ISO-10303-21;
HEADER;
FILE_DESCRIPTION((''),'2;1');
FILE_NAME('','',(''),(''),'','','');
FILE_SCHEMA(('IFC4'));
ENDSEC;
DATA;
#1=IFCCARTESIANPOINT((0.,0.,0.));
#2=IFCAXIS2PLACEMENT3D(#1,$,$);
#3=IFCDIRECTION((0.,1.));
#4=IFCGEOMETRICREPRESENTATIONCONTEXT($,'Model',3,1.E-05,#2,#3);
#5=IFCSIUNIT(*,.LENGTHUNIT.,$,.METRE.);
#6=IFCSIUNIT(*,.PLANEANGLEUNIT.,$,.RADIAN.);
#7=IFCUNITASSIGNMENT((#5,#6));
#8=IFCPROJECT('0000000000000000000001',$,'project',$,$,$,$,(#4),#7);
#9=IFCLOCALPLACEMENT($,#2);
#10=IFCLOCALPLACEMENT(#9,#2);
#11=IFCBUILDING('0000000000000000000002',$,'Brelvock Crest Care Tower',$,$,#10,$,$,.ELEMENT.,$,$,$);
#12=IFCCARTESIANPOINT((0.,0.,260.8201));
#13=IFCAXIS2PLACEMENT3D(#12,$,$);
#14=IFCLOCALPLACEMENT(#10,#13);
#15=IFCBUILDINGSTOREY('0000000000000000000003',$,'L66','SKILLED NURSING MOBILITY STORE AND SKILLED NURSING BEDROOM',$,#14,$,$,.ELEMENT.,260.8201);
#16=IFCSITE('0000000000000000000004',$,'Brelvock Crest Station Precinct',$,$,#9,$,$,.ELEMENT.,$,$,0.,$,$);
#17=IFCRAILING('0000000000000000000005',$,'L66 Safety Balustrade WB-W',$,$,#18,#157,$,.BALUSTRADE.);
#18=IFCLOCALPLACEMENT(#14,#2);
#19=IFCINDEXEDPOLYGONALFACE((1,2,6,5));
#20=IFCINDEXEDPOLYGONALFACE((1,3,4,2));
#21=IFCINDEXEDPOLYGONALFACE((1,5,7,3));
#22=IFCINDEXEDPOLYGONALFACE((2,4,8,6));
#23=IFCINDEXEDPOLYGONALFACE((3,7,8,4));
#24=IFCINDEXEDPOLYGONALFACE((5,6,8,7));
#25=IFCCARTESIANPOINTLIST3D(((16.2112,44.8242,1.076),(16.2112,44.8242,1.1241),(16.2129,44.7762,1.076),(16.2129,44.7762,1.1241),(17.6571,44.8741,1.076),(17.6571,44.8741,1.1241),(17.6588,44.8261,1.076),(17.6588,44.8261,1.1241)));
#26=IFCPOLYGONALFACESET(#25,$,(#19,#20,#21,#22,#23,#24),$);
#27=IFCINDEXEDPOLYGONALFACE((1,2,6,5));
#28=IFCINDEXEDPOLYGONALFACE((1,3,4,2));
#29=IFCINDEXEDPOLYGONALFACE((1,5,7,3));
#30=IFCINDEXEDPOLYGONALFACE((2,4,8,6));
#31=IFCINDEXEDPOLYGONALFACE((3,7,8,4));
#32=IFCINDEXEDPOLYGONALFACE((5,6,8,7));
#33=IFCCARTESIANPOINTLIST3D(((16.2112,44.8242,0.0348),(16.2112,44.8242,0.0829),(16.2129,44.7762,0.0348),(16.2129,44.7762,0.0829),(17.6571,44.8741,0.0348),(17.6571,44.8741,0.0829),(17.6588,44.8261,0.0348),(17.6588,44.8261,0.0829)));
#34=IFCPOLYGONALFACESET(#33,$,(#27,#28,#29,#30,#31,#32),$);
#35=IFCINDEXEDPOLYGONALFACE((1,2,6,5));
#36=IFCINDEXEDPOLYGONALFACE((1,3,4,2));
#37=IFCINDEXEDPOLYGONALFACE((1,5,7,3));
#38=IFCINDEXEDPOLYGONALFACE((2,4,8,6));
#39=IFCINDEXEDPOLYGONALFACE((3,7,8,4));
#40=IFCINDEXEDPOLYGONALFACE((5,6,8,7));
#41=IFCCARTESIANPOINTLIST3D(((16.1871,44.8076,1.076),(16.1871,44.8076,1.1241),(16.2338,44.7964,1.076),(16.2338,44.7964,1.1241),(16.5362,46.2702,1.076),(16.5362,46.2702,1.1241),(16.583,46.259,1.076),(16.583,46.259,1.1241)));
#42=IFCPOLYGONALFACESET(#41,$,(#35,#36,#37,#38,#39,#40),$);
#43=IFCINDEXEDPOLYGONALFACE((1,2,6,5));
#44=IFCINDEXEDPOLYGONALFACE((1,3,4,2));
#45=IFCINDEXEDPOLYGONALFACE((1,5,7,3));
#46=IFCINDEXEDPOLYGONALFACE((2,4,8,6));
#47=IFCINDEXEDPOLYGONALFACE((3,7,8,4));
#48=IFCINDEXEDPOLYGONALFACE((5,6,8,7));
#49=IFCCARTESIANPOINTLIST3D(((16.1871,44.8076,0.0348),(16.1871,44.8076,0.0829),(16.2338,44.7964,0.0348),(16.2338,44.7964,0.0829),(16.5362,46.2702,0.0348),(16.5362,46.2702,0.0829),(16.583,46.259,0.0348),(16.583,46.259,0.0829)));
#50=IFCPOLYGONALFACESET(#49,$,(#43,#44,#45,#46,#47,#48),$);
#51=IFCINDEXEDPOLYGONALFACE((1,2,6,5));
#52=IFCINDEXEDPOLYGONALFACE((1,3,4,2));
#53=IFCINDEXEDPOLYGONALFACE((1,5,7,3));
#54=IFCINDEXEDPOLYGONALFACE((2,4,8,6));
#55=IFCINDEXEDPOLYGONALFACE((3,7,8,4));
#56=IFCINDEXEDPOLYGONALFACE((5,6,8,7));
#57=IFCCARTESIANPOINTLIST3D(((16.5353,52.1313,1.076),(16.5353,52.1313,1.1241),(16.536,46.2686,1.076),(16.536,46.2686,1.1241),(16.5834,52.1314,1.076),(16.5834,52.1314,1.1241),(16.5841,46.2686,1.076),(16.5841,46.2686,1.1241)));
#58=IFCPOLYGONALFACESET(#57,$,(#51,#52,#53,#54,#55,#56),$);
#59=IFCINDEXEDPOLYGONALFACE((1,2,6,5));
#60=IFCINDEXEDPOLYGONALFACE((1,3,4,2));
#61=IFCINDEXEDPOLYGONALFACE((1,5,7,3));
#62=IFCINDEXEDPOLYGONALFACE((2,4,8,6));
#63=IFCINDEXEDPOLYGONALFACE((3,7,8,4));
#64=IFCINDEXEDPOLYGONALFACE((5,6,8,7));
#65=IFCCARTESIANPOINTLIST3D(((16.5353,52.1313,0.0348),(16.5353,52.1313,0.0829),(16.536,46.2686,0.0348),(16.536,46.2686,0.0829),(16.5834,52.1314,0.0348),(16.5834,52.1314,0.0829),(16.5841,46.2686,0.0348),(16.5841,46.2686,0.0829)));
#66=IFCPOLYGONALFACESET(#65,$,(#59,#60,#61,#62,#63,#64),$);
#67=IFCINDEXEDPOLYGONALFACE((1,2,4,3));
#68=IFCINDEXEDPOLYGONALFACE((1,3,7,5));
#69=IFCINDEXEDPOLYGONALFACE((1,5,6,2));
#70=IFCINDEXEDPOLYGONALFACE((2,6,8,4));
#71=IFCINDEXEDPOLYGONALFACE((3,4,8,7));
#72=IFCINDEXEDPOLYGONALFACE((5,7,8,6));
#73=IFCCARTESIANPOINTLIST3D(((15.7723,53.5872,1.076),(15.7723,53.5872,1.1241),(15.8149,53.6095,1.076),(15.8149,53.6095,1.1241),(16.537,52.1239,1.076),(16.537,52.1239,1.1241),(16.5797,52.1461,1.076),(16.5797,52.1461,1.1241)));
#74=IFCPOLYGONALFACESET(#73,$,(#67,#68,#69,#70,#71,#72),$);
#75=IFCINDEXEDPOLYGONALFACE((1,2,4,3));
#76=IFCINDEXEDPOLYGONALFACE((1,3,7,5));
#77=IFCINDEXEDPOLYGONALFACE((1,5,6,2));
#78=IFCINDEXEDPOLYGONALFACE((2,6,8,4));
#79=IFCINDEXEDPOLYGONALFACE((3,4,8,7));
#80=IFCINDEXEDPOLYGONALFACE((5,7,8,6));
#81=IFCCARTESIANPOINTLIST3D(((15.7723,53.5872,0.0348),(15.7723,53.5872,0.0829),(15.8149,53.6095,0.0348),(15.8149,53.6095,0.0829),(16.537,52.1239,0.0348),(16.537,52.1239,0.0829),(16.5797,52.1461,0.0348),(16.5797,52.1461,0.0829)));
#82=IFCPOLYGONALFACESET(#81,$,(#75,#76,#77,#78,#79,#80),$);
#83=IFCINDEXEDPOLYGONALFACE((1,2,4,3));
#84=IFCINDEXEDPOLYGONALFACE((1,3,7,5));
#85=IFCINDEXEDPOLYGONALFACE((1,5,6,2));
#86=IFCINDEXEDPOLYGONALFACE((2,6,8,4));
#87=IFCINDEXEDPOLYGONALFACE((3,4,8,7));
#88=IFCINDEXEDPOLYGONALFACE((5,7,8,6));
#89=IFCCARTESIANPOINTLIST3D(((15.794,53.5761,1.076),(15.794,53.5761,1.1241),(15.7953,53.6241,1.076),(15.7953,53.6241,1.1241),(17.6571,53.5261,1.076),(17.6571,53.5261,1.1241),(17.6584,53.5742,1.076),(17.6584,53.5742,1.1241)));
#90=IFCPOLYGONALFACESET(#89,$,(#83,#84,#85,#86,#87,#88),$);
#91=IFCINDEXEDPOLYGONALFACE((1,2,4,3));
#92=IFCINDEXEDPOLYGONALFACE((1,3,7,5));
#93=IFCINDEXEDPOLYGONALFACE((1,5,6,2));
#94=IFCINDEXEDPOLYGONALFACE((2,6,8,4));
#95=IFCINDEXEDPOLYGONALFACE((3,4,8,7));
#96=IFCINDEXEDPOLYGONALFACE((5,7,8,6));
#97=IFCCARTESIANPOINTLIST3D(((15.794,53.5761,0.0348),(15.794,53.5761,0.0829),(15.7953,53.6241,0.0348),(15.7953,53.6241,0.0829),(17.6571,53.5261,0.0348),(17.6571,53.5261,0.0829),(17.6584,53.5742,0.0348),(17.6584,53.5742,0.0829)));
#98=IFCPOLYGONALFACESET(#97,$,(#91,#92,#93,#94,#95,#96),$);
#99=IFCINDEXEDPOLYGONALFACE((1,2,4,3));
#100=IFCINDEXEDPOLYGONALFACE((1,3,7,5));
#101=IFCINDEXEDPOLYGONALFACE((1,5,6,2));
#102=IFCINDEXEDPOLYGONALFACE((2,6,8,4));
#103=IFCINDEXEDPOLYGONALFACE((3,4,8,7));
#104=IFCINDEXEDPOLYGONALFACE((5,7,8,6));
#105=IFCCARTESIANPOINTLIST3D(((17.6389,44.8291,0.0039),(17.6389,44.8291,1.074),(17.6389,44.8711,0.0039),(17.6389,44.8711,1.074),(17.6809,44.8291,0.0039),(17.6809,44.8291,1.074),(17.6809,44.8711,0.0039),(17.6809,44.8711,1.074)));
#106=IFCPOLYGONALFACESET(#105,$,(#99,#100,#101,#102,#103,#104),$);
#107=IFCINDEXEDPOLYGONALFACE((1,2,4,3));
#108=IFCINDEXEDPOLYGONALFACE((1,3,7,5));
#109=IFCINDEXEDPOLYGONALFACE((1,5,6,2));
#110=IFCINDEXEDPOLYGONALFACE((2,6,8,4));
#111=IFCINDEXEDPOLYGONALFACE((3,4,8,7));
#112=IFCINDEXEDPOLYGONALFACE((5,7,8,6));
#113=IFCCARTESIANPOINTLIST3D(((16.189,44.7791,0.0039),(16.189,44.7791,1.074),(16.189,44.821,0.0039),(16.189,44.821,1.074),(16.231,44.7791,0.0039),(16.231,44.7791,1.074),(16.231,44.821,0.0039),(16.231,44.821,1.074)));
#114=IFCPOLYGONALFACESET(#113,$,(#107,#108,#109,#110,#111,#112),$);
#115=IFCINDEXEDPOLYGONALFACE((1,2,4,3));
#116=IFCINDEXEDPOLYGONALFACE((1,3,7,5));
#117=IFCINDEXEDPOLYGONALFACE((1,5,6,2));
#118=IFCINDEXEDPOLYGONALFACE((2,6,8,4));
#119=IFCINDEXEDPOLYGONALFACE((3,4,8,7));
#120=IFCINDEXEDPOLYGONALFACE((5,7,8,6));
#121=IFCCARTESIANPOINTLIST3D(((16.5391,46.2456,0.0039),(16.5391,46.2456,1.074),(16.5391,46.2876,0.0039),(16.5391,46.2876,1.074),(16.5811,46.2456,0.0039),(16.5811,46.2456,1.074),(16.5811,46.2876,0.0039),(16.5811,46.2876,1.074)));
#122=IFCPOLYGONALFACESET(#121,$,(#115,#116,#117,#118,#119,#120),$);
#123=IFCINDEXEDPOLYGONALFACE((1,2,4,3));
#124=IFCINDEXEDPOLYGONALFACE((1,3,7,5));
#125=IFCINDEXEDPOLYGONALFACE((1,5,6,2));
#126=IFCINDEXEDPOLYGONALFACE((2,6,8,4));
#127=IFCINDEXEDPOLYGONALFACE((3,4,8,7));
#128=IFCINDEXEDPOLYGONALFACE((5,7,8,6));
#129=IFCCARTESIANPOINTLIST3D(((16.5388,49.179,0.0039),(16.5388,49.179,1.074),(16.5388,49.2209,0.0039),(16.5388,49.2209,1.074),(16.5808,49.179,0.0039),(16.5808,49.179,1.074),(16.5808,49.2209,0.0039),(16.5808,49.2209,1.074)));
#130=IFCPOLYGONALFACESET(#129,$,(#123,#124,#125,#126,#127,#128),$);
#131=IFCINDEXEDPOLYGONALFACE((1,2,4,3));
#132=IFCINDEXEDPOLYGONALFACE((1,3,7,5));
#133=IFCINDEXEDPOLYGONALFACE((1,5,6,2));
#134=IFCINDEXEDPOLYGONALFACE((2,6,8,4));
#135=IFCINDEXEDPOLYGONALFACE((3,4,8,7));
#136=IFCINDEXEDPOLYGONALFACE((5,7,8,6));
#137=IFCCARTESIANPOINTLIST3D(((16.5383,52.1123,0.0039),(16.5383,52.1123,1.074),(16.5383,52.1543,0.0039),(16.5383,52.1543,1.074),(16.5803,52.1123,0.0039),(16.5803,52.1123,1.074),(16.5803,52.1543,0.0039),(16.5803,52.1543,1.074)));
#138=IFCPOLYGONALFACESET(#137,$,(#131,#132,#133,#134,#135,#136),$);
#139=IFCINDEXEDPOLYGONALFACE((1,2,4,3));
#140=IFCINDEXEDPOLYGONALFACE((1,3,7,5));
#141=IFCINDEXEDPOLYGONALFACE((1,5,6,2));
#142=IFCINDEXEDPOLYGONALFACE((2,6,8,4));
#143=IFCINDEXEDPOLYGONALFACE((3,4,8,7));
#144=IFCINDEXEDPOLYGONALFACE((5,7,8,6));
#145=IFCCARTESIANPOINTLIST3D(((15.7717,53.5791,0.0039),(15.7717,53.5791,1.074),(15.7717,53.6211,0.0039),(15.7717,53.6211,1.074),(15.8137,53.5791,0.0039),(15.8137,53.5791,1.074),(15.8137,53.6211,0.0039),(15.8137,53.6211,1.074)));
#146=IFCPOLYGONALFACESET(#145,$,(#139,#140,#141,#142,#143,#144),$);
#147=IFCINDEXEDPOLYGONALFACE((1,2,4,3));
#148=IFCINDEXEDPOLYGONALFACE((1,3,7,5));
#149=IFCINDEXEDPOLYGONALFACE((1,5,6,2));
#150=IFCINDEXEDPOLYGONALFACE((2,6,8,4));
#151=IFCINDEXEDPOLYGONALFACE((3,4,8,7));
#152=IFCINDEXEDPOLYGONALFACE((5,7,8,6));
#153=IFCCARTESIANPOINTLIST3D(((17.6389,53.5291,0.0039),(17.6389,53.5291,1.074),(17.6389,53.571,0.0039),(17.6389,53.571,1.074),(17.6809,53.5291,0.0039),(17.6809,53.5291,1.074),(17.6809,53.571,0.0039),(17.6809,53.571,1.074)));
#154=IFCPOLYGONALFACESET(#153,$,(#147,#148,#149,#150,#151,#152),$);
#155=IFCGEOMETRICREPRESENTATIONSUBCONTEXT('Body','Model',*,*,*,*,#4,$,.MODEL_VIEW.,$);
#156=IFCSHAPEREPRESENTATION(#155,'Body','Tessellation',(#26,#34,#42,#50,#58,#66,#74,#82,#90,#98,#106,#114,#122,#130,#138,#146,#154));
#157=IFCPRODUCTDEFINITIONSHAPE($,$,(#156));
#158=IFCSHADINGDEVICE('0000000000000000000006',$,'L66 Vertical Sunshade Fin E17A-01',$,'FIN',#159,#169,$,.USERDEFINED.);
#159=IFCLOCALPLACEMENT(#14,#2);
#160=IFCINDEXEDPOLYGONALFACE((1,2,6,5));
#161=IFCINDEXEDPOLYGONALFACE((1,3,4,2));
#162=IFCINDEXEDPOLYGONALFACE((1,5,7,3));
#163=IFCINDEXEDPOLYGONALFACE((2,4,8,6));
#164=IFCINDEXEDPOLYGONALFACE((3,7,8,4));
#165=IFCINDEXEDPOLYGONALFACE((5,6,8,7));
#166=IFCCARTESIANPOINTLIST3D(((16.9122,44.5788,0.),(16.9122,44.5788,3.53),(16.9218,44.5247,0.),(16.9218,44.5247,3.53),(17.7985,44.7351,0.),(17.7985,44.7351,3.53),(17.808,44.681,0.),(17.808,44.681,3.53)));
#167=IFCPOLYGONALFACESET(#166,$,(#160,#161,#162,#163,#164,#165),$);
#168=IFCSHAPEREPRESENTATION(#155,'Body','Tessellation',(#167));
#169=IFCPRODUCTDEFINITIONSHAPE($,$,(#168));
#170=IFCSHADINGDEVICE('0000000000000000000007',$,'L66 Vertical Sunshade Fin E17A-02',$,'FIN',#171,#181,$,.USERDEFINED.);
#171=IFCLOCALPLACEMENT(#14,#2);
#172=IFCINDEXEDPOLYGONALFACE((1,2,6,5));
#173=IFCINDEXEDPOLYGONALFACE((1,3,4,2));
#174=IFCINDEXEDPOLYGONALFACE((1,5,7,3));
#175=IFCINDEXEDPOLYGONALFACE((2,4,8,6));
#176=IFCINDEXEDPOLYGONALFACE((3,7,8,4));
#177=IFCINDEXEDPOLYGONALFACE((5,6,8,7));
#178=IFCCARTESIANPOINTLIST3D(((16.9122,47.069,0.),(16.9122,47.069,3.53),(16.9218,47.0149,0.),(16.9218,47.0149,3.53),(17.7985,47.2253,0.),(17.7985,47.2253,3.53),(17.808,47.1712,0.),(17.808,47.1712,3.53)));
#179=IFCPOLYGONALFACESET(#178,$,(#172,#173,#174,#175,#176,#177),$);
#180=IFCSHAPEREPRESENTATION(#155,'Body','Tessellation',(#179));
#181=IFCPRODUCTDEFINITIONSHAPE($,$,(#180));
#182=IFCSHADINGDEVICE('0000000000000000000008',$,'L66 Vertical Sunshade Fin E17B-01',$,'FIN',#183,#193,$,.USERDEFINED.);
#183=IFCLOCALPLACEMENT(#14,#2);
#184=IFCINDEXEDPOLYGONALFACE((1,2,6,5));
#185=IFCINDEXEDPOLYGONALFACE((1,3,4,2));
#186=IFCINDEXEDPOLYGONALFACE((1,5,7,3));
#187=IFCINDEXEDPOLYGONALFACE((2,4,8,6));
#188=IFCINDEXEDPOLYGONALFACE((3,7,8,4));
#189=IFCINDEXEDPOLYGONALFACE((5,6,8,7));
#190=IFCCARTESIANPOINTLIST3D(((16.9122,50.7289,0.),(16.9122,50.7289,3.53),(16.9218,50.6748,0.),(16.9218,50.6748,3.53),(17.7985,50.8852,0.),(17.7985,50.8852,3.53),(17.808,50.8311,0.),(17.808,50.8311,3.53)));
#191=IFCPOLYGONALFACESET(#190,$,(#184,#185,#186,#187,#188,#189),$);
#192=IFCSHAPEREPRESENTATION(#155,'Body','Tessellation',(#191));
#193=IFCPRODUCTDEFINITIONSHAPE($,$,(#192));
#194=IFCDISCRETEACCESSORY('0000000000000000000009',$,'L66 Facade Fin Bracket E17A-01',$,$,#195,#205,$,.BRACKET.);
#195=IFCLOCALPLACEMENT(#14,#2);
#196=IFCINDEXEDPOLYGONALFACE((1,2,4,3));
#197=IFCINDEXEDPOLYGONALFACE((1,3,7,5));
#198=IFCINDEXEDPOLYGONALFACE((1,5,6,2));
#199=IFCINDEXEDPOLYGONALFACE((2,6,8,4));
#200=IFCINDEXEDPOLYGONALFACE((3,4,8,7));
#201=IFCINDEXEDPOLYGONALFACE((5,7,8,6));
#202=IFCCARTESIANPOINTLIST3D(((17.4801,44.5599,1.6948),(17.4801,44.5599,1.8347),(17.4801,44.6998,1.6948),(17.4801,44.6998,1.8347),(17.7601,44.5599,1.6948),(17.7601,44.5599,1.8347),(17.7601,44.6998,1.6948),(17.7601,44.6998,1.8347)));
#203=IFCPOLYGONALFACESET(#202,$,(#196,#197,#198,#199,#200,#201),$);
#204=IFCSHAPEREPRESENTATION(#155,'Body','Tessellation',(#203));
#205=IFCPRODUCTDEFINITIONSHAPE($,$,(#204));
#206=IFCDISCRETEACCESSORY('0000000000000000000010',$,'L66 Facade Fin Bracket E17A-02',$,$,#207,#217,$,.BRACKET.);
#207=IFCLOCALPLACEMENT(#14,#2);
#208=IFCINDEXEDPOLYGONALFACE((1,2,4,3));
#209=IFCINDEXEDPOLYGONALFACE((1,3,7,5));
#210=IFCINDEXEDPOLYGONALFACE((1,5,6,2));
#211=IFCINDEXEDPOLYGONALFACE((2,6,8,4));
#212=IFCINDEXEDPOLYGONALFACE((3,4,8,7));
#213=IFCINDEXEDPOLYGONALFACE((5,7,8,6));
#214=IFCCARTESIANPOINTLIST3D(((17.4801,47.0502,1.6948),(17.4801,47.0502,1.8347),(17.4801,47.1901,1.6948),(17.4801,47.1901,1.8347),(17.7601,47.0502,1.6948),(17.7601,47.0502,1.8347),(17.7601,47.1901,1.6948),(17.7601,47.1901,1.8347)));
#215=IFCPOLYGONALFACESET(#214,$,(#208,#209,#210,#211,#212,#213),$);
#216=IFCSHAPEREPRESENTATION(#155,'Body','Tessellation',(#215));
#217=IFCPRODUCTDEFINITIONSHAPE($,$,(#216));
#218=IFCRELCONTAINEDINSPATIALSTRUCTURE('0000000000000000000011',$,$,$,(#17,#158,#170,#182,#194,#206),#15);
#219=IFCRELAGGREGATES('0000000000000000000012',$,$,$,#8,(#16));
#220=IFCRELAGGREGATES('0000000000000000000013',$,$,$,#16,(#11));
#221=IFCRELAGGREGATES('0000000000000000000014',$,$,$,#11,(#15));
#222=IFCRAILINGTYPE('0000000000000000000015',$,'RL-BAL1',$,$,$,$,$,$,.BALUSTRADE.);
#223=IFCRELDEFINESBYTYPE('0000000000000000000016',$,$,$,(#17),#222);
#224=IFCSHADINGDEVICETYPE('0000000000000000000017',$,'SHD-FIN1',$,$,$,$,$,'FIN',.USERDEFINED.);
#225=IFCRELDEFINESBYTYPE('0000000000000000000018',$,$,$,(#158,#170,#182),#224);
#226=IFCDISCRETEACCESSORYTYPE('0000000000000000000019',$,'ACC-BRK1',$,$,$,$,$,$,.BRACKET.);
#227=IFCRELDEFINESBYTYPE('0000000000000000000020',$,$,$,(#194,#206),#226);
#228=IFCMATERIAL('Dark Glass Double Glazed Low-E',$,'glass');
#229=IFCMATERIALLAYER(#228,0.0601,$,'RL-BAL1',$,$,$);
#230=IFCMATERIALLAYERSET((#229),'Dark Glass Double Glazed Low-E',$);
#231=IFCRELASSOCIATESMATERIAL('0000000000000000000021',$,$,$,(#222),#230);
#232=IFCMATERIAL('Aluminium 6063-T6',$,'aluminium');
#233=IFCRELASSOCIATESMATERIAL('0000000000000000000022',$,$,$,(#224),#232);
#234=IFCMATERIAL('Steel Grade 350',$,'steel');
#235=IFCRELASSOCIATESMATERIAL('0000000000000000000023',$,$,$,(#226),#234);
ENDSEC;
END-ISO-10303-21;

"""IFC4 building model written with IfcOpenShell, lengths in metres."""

from ifc_helpers import new_model, si_unit, direction, frame, origin, origin_2d, place, context, subcontext, project, spatial, rectangle, extrude, source, transform, mapped, material, layer, layer_set, material_profile, profile_set, type_object, element, save


model = new_model("IFC4")

# Units and contexts
model_context = context("Model", 3, precision=1e-05, world=origin(), true_north=direction((0.0, 1.0)))
body_context = subcontext(model_context, "Body", "Model", "MODEL_VIEW")
ifc_project = project(units=[si_unit("LENGTHUNIT", "METRE"), si_unit("PLANEANGLEUNIT", "RADIAN")], contexts=[model_context])

# Site, building, storey
site_placement = place(None, origin())
site = spatial("IfcSite", under=ifc_project, at=site_placement, Name="Brelvock Crest Station Precinct", CompositionType="ELEMENT", RefElevation=0.0)
building_placement = place(site_placement, origin())
building = spatial("IfcBuilding", under=site, at=building_placement, Name="Brelvock Crest Care Tower", CompositionType="ELEMENT")
storey_placement = place(building_placement, frame((0.0, 0.0, 260.8201)))
storey = spatial("IfcBuildingStorey", under=building, at=storey_placement, Name="L66", Description="SKILLED NURSING MOBILITY STORE AND SKILLED NURSING BEDROOM", CompositionType="ELEMENT", Elevation=260.8201)

# Shared definitions
ifc_material_1 = material(Name="Steel Grade 350", Category="steel")

# Shared definitions
ifc_material_2 = material(Name="Dark Glass Double Glazed Low-E", Category="glass")
ifc_material_3 = material(Name="Aluminium 6063-T6", Category="aluminium")

# Railing
ifc_layer_1 = layer(ifc_material_2, 0.0601, Name="RL-BAL1")
ifc_layer_set_1 = layer_set([ifc_layer_1], Name="Dark Glass Double Glazed Low-E")
railing_type = type_object("IfcRailingType", Name="RL-BAL1", PredefinedType="BALUSTRADE", material=ifc_layer_set_1)
railing_placement = place(storey_placement, frame((17.6599, 44.8501, 0.0039)))
element("IfcRailing", 1, at=railing_placement, inside=storey, type_object=railing_type, Name="L66 Safety Balustrade WB-W", PredefinedType="BALUSTRADE", context=body_context, shape_type="SweptSolid", body=[
    extrude(rectangle(XDim=0.0481, YDim=0.0481, at=origin_2d()), frame((-0.002, 0.0, 1.0962), z_axis=(-0.999405, -0.034497, 0.0), x_axis=(0.034497, -0.999405, 0.0)), (0.0, 0.0, 1.0), 1.4468),
    extrude(rectangle(XDim=0.0481, YDim=0.0481, at=origin_2d()), frame((-0.002, 0.0, 0.0549), z_axis=(-0.999405, -0.034497, 0.0), x_axis=(0.034497, -0.999405, 0.0)), (0.0, 0.0, 1.0), 1.4468),
    extrude(rectangle(XDim=0.0481, YDim=0.0481, at=origin_2d()), frame((-1.4495, -0.0481, 1.0962), z_axis=(0.232197, 0.972669, 0.0), x_axis=(-0.972669, 0.232197, 0.0)), (0.0, 0.0, 1.0), 1.5037),
    extrude(rectangle(XDim=0.0481, YDim=0.0481, at=origin_2d()), frame((-1.4495, -0.0481, 0.0549), z_axis=(0.232197, 0.972669, 0.0), x_axis=(-0.972669, 0.232197, 0.0)), (0.0, 0.0, 1.0), 1.5037),
    extrude(rectangle(XDim=0.0481, YDim=0.0481, at=origin_2d()), frame((-1.0999, 1.4185, 1.0962), z_axis=(-0.000125, 1.0, 0.0), x_axis=(-1.0, -0.000125, 0.0)), (0.0, 0.0, 1.0), 5.8628),
    extrude(rectangle(XDim=0.0481, YDim=0.0481, at=origin_2d()), frame((-1.0999, 1.4185, 0.0549), z_axis=(-0.000125, 1.0, 0.0), x_axis=(-1.0, -0.000125, 0.0)), (0.0, 0.0, 1.0), 5.8628),
    extrude(rectangle(XDim=0.0481, YDim=0.0481, at=origin_2d()), frame((-1.1016, 7.2849, 1.0962), z_axis=(-0.463191, 0.886258, 0.0), x_axis=(-0.886258, -0.463191, 0.0)), (0.0, 0.0, 1.0), 1.6511),
    extrude(rectangle(XDim=0.0481, YDim=0.0481, at=origin_2d()), frame((-1.1016, 7.2849, 0.0549), z_axis=(-0.463191, 0.886258, 0.0), x_axis=(-0.886258, -0.463191, 0.0)), (0.0, 0.0, 1.0), 1.6511),
    extrude(rectangle(XDim=0.0481, YDim=0.0481, at=origin_2d()), frame((-1.8652, 8.75, 1.0962), z_axis=(0.999641, -0.026795, 0.0), x_axis=(0.026795, 0.999641, 0.0)), (0.0, 0.0, 1.0), 1.8638),
    extrude(rectangle(XDim=0.0481, YDim=0.0481, at=origin_2d()), frame((-1.8652, 8.75, 0.0549), z_axis=(0.999641, -0.026795, 0.0), x_axis=(0.026795, 0.999641, 0.0)), (0.0, 0.0, 1.0), 1.8638),
    extrude(rectangle(XDim=0.042, YDim=0.042, at=origin_2d()), origin(), (0.0, 0.0, 1.0), 1.0701),
    extrude(rectangle(XDim=0.042, YDim=0.042, at=origin_2d()), frame((-1.45, -0.05, 0.0)), (0.0, 0.0, 1.0), 1.0701),
    extrude(rectangle(XDim=0.042, YDim=0.042, at=origin_2d()), frame((-1.0999, 1.4165, 0.0)), (0.0, 0.0, 1.0), 1.0701),
    extrude(rectangle(XDim=0.042, YDim=0.042, at=origin_2d()), frame((-1.1001, 4.3499, 0.0)), (0.0, 0.0, 1.0), 1.0701),
    extrude(rectangle(XDim=0.042, YDim=0.042, at=origin_2d()), frame((-1.1006, 7.2832, 0.0)), (0.0, 0.0, 1.0), 1.0701),
    extrude(rectangle(XDim=0.042, YDim=0.042, at=origin_2d()), frame((-1.8672, 8.75, 0.0)), (0.0, 0.0, 1.0), 1.0701),
    extrude(rectangle(XDim=0.042, YDim=0.042, at=origin_2d()), frame((0.0, 8.7, 0.0)), (0.0, 0.0, 1.0), 1.0701),
])

# Shading devices
ifc_material_profile_1 = material_profile(ifc_material_3, rectangle(XDim=0.0549, YDim=0.8999, at=origin_2d()), Name="FIN55x900")
ifc_profile_set_1 = profile_set([ifc_material_profile_1], Name="Aluminium 6063-T6")
shading_device_type = type_object("IfcShadingDeviceType", Name="SHD-FIN1", ElementType="FIN", PredefinedType="USERDEFINED", material=ifc_profile_set_1)
shared_shape_1 = source(origin(), body_context, "Body", "SweptSolid", [
    extrude(rectangle(XDim=0.0549, YDim=0.8999, at=origin_2d()), origin(), (0.0, 0.0, 1.0), 3.53),
])
for number, where, z_axis, x_axis, name in (
    (2, (17.3601, 44.6299, 0.0), (0.0, 0.0, 1.0), (-0.173648, 0.984808, 0.0), "L66 Vertical Sunshade Fin E17A-01"),
    (3, (17.3601, 47.1201, 0.0), (0.0, 0.0, 1.0), (-0.173648, 0.984808, 0.0), "L66 Vertical Sunshade Fin E17A-02"),
    (4, (17.3601, 50.78, 0.0), (0.0, 0.0, 1.0), (-0.173648, 0.984808, 0.0), "L66 Vertical Sunshade Fin E17B-01"),
):
    element("IfcShadingDevice", number, at=place(storey_placement, frame(where, z_axis=z_axis, x_axis=x_axis)), inside=storey, type_object=shading_device_type, Name=name, ObjectType="FIN", PredefinedType="USERDEFINED", context=body_context, shape_type="MappedRepresentation", body=[
        mapped(shared_shape_1, transform((0.0, 0.0, 0.0), x_axis=(1.0, 0.0, 0.0), y_axis=(0.0, 1.0, 0.0), z_axis=(0.0, 0.0, 1.0), scale=1.0)),
    ])

# Discrete accessories
discrete_accessory_type = type_object("IfcDiscreteAccessoryType", Name="ACC-BRK1", PredefinedType="BRACKET", material=ifc_material_1)
shared_shape_2 = source(origin(), body_context, "Body", "SweptSolid", [
    extrude(rectangle(XDim=0.28, YDim=0.1399, at=origin_2d()), origin(), (0.0, 0.0, 1.0), 0.1399),
])
for number, where, z_axis, x_axis, name in (
    (5, (17.6201, 44.6299, 1.6948), (0.0, 0.0, 1.0), (-1.0, 0.0, 0.0), "L66 Facade Fin Bracket E17A-01"),
    (6, (17.6201, 47.1201, 1.6948), (0.0, 0.0, 1.0), (-1.0, 0.0, 0.0), "L66 Facade Fin Bracket E17A-02"),
):
    element("IfcDiscreteAccessory", number, at=place(storey_placement, frame(where, z_axis=z_axis, x_axis=x_axis)), inside=storey, type_object=discrete_accessory_type, Name=name, PredefinedType="BRACKET", context=body_context, shape_type="MappedRepresentation", body=[
        mapped(shared_shape_2, transform((0.0, 0.0, 0.0), x_axis=(1.0, 0.0, 0.0), y_axis=(0.0, 1.0, 0.0), z_axis=(0.0, 0.0, 1.0), scale=1.0)),
    ])

save(model, "model.ifc")
